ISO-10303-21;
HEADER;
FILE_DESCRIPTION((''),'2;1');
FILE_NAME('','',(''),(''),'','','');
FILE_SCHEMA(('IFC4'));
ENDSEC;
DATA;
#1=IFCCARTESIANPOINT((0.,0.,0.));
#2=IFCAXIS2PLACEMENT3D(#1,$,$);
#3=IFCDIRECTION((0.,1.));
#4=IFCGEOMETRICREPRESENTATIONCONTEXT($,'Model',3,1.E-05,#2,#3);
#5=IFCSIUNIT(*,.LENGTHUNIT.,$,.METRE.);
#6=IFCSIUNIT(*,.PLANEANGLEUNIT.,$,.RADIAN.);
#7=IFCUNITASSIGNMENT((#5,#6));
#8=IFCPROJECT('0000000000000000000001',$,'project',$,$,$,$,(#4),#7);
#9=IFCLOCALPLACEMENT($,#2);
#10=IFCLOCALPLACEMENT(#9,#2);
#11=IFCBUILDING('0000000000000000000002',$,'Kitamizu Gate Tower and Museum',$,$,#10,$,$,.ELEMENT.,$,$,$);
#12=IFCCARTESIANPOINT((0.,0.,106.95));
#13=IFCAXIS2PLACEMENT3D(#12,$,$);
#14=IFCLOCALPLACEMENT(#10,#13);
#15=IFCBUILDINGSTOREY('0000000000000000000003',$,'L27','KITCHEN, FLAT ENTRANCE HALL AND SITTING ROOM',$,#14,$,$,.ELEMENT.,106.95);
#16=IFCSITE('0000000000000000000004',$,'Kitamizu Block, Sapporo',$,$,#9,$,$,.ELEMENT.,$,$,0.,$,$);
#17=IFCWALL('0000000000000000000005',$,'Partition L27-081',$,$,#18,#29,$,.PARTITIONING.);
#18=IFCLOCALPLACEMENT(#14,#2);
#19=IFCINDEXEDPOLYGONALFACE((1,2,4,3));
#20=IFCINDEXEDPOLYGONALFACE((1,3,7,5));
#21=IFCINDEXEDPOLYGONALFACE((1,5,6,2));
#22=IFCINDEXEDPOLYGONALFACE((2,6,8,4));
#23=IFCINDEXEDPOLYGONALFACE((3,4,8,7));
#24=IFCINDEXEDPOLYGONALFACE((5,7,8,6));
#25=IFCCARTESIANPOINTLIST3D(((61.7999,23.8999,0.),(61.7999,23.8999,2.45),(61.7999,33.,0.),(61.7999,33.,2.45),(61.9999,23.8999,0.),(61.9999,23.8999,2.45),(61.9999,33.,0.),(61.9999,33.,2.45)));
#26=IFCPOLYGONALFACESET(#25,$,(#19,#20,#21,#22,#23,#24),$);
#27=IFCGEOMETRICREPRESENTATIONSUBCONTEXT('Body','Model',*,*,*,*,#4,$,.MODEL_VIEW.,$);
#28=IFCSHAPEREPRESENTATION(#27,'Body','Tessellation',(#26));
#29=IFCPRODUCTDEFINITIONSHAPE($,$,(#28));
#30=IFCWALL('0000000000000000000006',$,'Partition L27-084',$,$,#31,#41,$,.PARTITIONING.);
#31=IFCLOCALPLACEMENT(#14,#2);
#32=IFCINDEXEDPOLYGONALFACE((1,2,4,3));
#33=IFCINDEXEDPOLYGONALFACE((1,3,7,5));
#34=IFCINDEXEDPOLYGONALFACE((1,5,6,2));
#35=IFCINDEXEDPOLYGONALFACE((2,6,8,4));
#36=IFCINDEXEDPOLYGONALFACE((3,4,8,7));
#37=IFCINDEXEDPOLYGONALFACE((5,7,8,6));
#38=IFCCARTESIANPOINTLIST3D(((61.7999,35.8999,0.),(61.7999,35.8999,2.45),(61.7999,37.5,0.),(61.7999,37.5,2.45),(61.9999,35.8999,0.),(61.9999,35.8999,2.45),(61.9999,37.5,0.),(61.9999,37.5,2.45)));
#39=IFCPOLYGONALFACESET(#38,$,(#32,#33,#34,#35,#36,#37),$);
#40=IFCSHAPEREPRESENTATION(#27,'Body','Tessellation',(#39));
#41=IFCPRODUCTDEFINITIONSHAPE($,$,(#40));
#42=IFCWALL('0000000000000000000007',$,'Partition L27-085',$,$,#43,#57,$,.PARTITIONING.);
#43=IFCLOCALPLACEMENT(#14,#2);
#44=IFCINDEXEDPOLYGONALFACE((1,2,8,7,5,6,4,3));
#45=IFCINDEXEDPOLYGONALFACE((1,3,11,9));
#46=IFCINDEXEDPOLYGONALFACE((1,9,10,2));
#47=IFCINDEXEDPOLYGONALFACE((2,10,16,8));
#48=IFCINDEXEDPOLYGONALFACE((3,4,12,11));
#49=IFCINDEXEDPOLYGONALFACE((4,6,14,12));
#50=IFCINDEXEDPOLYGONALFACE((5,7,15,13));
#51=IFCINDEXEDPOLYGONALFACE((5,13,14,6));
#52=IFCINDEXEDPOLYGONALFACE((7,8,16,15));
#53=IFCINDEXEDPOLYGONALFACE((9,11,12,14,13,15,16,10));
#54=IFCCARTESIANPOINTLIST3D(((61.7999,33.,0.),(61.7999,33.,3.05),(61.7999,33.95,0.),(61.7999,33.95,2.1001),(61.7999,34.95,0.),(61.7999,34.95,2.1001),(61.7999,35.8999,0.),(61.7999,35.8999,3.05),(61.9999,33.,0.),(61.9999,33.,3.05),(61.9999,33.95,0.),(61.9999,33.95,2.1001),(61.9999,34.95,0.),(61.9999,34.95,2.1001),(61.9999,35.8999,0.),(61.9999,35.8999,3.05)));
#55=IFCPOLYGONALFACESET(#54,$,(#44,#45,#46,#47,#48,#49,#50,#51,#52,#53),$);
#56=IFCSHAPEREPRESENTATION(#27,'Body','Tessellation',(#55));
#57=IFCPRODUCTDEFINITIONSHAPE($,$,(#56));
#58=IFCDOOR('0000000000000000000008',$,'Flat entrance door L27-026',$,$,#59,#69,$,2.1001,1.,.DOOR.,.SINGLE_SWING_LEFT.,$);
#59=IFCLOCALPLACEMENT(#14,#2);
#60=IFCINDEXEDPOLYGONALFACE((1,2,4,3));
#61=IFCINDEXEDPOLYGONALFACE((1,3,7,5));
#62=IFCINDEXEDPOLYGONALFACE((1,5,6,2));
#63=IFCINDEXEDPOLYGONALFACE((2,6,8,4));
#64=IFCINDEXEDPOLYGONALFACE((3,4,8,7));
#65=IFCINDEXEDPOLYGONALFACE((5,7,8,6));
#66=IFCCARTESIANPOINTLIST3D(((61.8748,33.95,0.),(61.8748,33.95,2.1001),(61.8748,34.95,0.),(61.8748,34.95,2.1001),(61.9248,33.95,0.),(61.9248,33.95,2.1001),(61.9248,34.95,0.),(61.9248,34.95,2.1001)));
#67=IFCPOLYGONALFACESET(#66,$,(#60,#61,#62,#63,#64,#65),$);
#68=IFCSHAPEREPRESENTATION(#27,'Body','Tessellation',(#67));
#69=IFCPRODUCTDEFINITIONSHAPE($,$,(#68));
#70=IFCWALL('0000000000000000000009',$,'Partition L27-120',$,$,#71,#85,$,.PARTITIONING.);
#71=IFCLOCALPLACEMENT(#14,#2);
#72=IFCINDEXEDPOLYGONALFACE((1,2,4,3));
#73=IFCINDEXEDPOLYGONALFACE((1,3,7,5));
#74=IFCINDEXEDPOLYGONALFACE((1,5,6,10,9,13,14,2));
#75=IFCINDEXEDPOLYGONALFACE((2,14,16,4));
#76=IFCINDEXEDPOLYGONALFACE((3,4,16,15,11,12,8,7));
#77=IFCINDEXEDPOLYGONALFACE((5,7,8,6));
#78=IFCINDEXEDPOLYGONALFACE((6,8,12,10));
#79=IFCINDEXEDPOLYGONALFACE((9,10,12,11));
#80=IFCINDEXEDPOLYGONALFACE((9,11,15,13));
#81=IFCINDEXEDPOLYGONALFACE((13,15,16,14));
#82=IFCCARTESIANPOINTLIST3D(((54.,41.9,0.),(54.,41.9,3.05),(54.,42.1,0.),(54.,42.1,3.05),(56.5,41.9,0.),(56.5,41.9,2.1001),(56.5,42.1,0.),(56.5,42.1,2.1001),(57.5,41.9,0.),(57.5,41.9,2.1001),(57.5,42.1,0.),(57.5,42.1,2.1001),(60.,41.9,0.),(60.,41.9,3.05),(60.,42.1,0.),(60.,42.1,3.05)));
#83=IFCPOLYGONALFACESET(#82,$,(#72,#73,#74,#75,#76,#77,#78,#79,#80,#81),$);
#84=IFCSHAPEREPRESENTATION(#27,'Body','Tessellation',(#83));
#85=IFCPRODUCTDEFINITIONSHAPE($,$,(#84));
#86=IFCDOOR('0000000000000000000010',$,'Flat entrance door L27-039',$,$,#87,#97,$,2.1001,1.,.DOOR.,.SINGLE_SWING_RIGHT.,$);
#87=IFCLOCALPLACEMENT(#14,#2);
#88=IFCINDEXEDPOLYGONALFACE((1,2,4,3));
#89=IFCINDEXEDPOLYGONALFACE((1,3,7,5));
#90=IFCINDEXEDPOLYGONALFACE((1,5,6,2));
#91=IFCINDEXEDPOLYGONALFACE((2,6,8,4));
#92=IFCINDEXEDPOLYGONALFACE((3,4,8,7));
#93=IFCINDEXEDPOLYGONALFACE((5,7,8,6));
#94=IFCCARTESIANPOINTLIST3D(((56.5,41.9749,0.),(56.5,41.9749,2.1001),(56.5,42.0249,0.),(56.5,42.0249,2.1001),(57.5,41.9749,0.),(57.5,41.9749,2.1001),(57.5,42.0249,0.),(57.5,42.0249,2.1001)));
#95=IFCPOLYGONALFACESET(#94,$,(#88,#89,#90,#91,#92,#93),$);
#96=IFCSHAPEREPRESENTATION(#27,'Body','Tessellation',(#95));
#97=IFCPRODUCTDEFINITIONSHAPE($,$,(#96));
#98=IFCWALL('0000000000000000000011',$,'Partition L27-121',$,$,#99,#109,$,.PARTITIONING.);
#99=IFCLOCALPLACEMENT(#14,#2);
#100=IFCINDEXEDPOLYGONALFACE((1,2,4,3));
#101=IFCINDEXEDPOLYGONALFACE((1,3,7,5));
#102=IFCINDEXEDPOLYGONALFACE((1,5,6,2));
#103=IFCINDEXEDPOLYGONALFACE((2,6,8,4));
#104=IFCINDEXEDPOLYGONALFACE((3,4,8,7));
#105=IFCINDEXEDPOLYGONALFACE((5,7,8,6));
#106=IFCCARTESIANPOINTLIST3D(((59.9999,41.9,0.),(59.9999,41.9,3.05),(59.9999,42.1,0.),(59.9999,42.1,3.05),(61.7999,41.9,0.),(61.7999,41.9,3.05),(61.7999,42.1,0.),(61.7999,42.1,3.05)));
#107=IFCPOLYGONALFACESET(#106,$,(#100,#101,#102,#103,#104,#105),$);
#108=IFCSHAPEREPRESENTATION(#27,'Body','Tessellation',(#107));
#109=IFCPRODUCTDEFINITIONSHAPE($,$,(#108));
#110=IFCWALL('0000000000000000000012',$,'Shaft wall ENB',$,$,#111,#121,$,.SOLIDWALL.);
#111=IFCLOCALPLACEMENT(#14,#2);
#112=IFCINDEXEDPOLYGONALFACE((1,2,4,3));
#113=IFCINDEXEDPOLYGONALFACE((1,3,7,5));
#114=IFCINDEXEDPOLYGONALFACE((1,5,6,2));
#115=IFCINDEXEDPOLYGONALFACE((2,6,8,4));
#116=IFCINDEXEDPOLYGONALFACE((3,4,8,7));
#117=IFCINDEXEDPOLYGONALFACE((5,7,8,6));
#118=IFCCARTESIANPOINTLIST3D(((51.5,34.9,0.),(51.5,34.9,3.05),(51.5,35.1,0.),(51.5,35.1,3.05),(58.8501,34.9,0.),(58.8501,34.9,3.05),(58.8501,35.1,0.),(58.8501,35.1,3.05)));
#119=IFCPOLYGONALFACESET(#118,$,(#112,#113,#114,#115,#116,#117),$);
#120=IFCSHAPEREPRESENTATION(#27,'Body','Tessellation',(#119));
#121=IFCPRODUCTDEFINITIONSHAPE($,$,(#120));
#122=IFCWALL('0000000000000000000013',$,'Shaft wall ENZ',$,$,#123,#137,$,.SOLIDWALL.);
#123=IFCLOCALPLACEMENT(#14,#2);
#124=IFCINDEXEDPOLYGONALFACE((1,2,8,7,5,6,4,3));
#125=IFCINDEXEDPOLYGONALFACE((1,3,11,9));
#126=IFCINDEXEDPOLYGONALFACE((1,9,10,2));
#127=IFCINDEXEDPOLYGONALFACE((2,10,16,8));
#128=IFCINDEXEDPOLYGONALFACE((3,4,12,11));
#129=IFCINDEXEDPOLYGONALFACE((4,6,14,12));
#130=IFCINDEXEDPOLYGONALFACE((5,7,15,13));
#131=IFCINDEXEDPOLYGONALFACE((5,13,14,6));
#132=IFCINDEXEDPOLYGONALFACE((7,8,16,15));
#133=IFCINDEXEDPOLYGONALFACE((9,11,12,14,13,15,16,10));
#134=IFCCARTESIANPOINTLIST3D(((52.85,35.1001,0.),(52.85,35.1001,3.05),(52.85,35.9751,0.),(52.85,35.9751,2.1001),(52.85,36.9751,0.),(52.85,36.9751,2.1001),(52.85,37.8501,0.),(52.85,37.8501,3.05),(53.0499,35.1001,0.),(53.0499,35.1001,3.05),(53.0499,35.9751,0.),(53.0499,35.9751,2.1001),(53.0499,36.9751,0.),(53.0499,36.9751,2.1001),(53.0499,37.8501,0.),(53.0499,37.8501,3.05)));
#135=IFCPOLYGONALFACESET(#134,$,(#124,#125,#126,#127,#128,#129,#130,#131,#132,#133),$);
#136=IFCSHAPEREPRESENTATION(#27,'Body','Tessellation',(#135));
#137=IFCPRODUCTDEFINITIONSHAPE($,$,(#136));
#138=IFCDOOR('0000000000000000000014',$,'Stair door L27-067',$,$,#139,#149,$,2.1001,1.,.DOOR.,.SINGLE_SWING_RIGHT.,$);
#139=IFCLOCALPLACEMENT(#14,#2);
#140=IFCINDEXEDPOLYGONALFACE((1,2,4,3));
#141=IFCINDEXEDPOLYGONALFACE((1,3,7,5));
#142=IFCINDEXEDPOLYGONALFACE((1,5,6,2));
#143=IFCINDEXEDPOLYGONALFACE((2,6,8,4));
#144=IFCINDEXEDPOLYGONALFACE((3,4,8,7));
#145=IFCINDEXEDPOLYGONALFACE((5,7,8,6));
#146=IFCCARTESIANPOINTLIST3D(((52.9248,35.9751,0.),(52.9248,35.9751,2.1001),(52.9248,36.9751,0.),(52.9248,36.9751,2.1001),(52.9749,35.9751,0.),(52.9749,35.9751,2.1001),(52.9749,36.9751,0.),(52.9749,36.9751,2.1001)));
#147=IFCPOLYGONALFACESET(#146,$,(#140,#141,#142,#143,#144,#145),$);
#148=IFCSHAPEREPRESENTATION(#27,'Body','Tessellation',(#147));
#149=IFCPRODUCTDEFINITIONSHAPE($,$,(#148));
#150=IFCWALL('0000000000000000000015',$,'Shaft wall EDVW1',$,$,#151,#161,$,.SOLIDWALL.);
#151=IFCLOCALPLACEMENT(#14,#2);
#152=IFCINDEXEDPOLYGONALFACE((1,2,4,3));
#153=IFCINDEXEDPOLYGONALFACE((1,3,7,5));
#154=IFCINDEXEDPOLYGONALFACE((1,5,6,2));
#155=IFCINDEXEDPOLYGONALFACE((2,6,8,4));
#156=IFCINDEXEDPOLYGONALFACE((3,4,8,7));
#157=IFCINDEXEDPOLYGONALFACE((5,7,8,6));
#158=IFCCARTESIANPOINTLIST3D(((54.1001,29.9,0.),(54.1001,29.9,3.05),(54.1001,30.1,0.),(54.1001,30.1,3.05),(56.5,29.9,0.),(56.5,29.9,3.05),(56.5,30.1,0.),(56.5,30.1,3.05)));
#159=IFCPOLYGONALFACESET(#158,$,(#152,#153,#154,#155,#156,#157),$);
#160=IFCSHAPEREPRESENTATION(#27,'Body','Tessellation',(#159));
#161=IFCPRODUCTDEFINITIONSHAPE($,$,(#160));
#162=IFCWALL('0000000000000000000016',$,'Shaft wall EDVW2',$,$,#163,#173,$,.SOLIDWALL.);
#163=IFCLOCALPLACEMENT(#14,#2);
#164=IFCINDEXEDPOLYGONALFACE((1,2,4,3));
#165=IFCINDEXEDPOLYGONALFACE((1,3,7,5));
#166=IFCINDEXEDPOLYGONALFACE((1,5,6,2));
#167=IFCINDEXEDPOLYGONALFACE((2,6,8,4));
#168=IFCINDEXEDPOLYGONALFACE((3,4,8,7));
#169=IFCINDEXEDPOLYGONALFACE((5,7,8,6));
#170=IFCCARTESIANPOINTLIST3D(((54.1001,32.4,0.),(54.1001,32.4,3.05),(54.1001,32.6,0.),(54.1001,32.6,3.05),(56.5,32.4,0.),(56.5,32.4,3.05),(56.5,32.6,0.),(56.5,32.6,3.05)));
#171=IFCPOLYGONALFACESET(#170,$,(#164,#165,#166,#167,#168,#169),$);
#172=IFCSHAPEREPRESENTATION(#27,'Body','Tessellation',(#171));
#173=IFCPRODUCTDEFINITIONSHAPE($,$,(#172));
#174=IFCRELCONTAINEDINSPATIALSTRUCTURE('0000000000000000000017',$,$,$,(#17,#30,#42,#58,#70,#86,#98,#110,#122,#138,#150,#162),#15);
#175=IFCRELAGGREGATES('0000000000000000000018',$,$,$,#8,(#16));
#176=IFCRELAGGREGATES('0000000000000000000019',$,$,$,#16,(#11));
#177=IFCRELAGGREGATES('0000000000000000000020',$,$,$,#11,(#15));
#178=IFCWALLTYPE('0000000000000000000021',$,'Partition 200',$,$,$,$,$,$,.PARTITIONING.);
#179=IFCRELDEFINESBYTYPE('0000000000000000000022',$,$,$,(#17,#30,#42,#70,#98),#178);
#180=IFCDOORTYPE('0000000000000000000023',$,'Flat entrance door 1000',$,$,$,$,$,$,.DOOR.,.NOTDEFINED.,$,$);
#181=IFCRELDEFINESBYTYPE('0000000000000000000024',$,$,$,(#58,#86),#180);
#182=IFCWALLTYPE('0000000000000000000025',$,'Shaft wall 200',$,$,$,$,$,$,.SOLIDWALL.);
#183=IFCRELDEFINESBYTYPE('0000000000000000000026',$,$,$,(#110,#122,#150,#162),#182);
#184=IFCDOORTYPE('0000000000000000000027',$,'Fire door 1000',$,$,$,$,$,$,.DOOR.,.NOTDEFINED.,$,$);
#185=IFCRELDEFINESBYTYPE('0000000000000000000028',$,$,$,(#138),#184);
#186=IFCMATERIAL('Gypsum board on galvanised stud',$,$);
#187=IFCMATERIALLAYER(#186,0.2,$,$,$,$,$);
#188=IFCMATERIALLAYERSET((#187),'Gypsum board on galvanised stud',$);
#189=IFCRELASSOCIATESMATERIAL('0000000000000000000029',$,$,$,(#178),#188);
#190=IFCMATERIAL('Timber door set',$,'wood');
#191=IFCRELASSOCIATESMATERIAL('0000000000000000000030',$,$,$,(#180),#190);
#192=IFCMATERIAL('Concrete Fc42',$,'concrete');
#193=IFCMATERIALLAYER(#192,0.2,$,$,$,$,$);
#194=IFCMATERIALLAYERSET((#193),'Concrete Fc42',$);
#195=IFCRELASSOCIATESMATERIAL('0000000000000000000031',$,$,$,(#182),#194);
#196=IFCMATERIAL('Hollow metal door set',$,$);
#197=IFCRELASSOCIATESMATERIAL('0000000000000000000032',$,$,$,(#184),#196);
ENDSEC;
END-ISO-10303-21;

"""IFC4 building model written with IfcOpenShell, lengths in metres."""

from ifc_helpers import new_model, si_unit, direction, frame, frame_2d, origin, place, context, subcontext, project, spatial, rectangle, extrude, material, layer, layer_set, type_object, element, fill, save


model = new_model("IFC4")

# Units and contexts
model_context = context("Model", 3, precision=1e-05, world=origin(), true_north=direction((0.0, 1.0)))
body_context = subcontext(model_context, "Body", "Model", "MODEL_VIEW")
ifc_project = project(units=[si_unit("LENGTHUNIT", "METRE"), si_unit("PLANEANGLEUNIT", "RADIAN")], contexts=[model_context])

# Site, building, storey
site_placement = place(None, origin())
site = spatial("IfcSite", under=ifc_project, at=site_placement, Name="Kitamizu Block, Sapporo", CompositionType="ELEMENT", RefElevation=0.0)
building_placement = place(site_placement, origin())
building = spatial("IfcBuilding", under=site, at=building_placement, Name="Kitamizu Gate Tower and Museum", CompositionType="ELEMENT")
storey_placement = place(building_placement, frame((0.0, 0.0, 106.95)))
storey = spatial("IfcBuildingStorey", under=building, at=storey_placement, Name="L27", Description="KITCHEN, FLAT ENTRANCE HALL AND SITTING ROOM", CompositionType="ELEMENT", Elevation=106.95)

# Walls
ifc_material_1 = material(Name="Gypsum board on galvanised stud")
ifc_layer_1 = layer(ifc_material_1, 0.2)
ifc_layer_set_1 = layer_set([ifc_layer_1], Name="Gypsum board on galvanised stud")
wall_type_1 = type_object("IfcWallType", Name="Partition 200", PredefinedType="PARTITIONING", material=ifc_layer_set_1)
wall_1_placement = place(storey_placement, frame((61.8999, 33.0, 0.0), z_axis=(0.0, 0.0, 1.0), x_axis=(0.0, -1.0, 0.0)))
element("IfcWall", 1, at=wall_1_placement, inside=storey, type_object=wall_type_1, Name="Partition L27-081", PredefinedType="PARTITIONING", context=body_context, shape_type="SweptSolid", body=[
    extrude(rectangle(XDim=9.1001, YDim=0.2, at=frame_2d((4.55, 0.0))), origin(), (0.0, 0.0, 1.0), 2.45),
])
wall_2_placement = place(storey_placement, frame((61.8999, 37.5, 0.0), z_axis=(0.0, 0.0, 1.0), x_axis=(0.0, -1.0, 0.0)))
element("IfcWall", 2, at=wall_2_placement, inside=storey, type_object=wall_type_1, Name="Partition L27-084", PredefinedType="PARTITIONING", context=body_context, shape_type="SweptSolid", body=[
    extrude(rectangle(XDim=1.6001, YDim=0.2, at=frame_2d((0.8, 0.0))), origin(), (0.0, 0.0, 1.0), 2.45),
])

# Walls, openings, doors
wall_3_placement = place(storey_placement, frame((61.8999, 35.8999, 0.0), z_axis=(0.0, 0.0, 1.0), x_axis=(0.0, -1.0, 0.0)))
wall_3 = element("IfcWall", 3, at=wall_3_placement, inside=storey, type_object=wall_type_1, Name="Partition L27-085", PredefinedType="PARTITIONING", context=body_context, shape_type="SweptSolid", body=[
    extrude(rectangle(XDim=2.8999, YDim=0.2, at=frame_2d((1.45, 0.0))), origin(), (0.0, 0.0, 1.0), 3.05),
])
opening_1_placement = place(wall_3_placement, frame((0.95, 0.0, 0.0)))
opening_1 = element("IfcOpeningElement", 4, at=opening_1_placement, cuts=wall_3, PredefinedType="OPENING", context=body_context, shape_type="SweptSolid", body=[
    extrude(rectangle(XDim=1.0, YDim=2.1001, at=frame_2d((0.5, 1.05))), frame((0.0, 0.1099, 0.0), z_axis=(0.0, -1.0, 0.0), x_axis=(1.0, 0.0, 0.0)), (0.0, 0.0, 1.0), 0.22),
])
ifc_material_2 = material(Name="Timber door set", Category="wood")
door_type_1 = type_object("IfcDoorType", Name="Flat entrance door 1000", OperationType="NOTDEFINED", PredefinedType="DOOR", material=ifc_material_2)
door_1_placement = place(opening_1_placement, origin())
door_1 = element("IfcDoor", 5, at=door_1_placement, inside=storey, type_object=door_type_1, Name="Flat entrance door L27-026", OperationType="SINGLE_SWING_LEFT", OverallHeight=2.1001, OverallWidth=1.0, PredefinedType="DOOR", context=body_context, shape_type="SweptSolid", body=[
    extrude(rectangle(XDim=1.0, YDim=2.1001, at=frame_2d((0.5, 1.05))), frame((0.0, 0.0249, 0.0), z_axis=(0.0, -1.0, 0.0), x_axis=(1.0, 0.0, 0.0)), (0.0, 0.0, 1.0), 0.05),
])
fill(opening_1, door_1)
wall_4_placement = place(storey_placement, frame((54.0, 42.0, 0.0), z_axis=(0.0, 0.0, 1.0), x_axis=(1.0, 0.0, 0.0)))
wall_4 = element("IfcWall", 6, at=wall_4_placement, inside=storey, type_object=wall_type_1, Name="Partition L27-120", PredefinedType="PARTITIONING", context=body_context, shape_type="SweptSolid", body=[
    extrude(rectangle(XDim=6.0, YDim=0.2, at=frame_2d((3.0, 0.0))), origin(), (0.0, 0.0, 1.0), 3.05),
])
opening_2_placement = place(wall_4_placement, frame((2.5, 0.0, 0.0)))
opening_2 = element("IfcOpeningElement", 7, at=opening_2_placement, cuts=wall_4, PredefinedType="OPENING", context=body_context, shape_type="SweptSolid", body=[
    extrude(rectangle(XDim=1.0, YDim=2.1001, at=frame_2d((0.5, 1.05))), frame((0.0, 0.1099, 0.0), z_axis=(0.0, -1.0, 0.0), x_axis=(1.0, 0.0, 0.0)), (0.0, 0.0, 1.0), 0.22),
])
door_2_placement = place(opening_2_placement, origin())
door_2 = element("IfcDoor", 8, at=door_2_placement, inside=storey, type_object=door_type_1, Name="Flat entrance door L27-039", OperationType="SINGLE_SWING_RIGHT", OverallHeight=2.1001, OverallWidth=1.0, PredefinedType="DOOR", context=body_context, shape_type="SweptSolid", body=[
    extrude(rectangle(XDim=1.0, YDim=2.1001, at=frame_2d((0.5, 1.05))), frame((0.0, 0.0249, 0.0), z_axis=(0.0, -1.0, 0.0), x_axis=(1.0, 0.0, 0.0)), (0.0, 0.0, 1.0), 0.05),
])
fill(opening_2, door_2)

# Walls
wall_5_placement = place(storey_placement, frame((60.0, 42.0, 0.0), z_axis=(0.0, 0.0, 1.0), x_axis=(1.0, 0.0, 0.0)))
element("IfcWall", 9, at=wall_5_placement, inside=storey, type_object=wall_type_1, Name="Partition L27-121", PredefinedType="PARTITIONING", context=body_context, shape_type="SweptSolid", body=[
    extrude(rectangle(XDim=1.8, YDim=0.2, at=frame_2d((0.8999, 0.0))), origin(), (0.0, 0.0, 1.0), 3.05),
])
ifc_material_3 = material(Name="Concrete Fc42", Category="concrete")
ifc_layer_2 = layer(ifc_material_3, 0.2)
ifc_layer_set_2 = layer_set([ifc_layer_2], Name="Concrete Fc42")
wall_type_2 = type_object("IfcWallType", Name="Shaft wall 200", PredefinedType="SOLIDWALL", material=ifc_layer_set_2)
wall_6_placement = place(storey_placement, frame((58.8501, 35.0, 0.0), z_axis=(0.0, 0.0, 1.0), x_axis=(-1.0, 0.0, 0.0)))
element("IfcWall", 10, at=wall_6_placement, inside=storey, type_object=wall_type_2, Name="Shaft wall ENB", PredefinedType="SOLIDWALL", context=body_context, shape_type="SweptSolid", body=[
    extrude(rectangle(XDim=7.3501, YDim=0.2, at=frame_2d((3.675, 0.0))), origin(), (0.0, 0.0, 1.0), 3.05),
])

# Wall, opening, door
wall_7_placement = place(storey_placement, frame((52.95, 35.1001, 0.0), z_axis=(0.0, 0.0, 1.0), x_axis=(0.0, 1.0, 0.0)))
wall_7 = element("IfcWall", 11, at=wall_7_placement, inside=storey, type_object=wall_type_2, Name="Shaft wall ENZ", PredefinedType="SOLIDWALL", context=body_context, shape_type="SweptSolid", body=[
    extrude(rectangle(XDim=2.75, YDim=0.2, at=frame_2d((1.375, 0.0))), origin(), (0.0, 0.0, 1.0), 3.05),
])
opening_3_placement = place(wall_7_placement, frame((0.875, 0.0, 0.0)))
opening_3 = element("IfcOpeningElement", 12, at=opening_3_placement, cuts=wall_7, PredefinedType="OPENING", context=body_context, shape_type="SweptSolid", body=[
    extrude(rectangle(XDim=1.0, YDim=2.1001, at=frame_2d((0.5, 1.05))), frame((0.0, 0.1099, 0.0), z_axis=(0.0, -1.0, 0.0), x_axis=(1.0, 0.0, 0.0)), (0.0, 0.0, 1.0), 0.22),
])
ifc_material_4 = material(Name="Hollow metal door set")
door_type_2 = type_object("IfcDoorType", Name="Fire door 1000", OperationType="NOTDEFINED", PredefinedType="DOOR", material=ifc_material_4)
door_3_placement = place(opening_3_placement, frame((1.0, 0.0, 0.0), x_axis=(-1.0, 0.0, 0.0)))
door_3 = element("IfcDoor", 13, at=door_3_placement, inside=storey, type_object=door_type_2, Name="Stair door L27-067", OperationType="SINGLE_SWING_RIGHT", OverallHeight=2.1001, OverallWidth=1.0, PredefinedType="DOOR", context=body_context, shape_type="SweptSolid", body=[
    extrude(rectangle(XDim=1.0, YDim=2.1001, at=frame_2d((0.5, 1.05))), frame((0.0, 0.0249, 0.0), z_axis=(0.0, -1.0, 0.0), x_axis=(1.0, 0.0, 0.0)), (0.0, 0.0, 1.0), 0.05),
])
fill(opening_3, door_3)

# Walls
for number, where, z_axis, x_axis, name in (
    (14, (56.5, 30.0, 0.0), (0.0, 0.0, 1.0), (-1.0, 0.0, 0.0), "Shaft wall EDVW1"),
    (15, (56.5, 32.5, 0.0), (0.0, 0.0, 1.0), (-1.0, 0.0, 0.0), "Shaft wall EDVW2"),
):
    element("IfcWall", number, at=place(storey_placement, frame(where, z_axis=z_axis, x_axis=x_axis)), inside=storey, type_object=wall_type_2, Name=name, PredefinedType="SOLIDWALL", context=body_context, shape_type="SweptSolid", body=[
        extrude(rectangle(XDim=2.3999, YDim=0.2, at=frame_2d((1.2, 0.0))), origin(), (0.0, 0.0, 1.0), 3.05),
    ])

save(model, "model.ifc")
